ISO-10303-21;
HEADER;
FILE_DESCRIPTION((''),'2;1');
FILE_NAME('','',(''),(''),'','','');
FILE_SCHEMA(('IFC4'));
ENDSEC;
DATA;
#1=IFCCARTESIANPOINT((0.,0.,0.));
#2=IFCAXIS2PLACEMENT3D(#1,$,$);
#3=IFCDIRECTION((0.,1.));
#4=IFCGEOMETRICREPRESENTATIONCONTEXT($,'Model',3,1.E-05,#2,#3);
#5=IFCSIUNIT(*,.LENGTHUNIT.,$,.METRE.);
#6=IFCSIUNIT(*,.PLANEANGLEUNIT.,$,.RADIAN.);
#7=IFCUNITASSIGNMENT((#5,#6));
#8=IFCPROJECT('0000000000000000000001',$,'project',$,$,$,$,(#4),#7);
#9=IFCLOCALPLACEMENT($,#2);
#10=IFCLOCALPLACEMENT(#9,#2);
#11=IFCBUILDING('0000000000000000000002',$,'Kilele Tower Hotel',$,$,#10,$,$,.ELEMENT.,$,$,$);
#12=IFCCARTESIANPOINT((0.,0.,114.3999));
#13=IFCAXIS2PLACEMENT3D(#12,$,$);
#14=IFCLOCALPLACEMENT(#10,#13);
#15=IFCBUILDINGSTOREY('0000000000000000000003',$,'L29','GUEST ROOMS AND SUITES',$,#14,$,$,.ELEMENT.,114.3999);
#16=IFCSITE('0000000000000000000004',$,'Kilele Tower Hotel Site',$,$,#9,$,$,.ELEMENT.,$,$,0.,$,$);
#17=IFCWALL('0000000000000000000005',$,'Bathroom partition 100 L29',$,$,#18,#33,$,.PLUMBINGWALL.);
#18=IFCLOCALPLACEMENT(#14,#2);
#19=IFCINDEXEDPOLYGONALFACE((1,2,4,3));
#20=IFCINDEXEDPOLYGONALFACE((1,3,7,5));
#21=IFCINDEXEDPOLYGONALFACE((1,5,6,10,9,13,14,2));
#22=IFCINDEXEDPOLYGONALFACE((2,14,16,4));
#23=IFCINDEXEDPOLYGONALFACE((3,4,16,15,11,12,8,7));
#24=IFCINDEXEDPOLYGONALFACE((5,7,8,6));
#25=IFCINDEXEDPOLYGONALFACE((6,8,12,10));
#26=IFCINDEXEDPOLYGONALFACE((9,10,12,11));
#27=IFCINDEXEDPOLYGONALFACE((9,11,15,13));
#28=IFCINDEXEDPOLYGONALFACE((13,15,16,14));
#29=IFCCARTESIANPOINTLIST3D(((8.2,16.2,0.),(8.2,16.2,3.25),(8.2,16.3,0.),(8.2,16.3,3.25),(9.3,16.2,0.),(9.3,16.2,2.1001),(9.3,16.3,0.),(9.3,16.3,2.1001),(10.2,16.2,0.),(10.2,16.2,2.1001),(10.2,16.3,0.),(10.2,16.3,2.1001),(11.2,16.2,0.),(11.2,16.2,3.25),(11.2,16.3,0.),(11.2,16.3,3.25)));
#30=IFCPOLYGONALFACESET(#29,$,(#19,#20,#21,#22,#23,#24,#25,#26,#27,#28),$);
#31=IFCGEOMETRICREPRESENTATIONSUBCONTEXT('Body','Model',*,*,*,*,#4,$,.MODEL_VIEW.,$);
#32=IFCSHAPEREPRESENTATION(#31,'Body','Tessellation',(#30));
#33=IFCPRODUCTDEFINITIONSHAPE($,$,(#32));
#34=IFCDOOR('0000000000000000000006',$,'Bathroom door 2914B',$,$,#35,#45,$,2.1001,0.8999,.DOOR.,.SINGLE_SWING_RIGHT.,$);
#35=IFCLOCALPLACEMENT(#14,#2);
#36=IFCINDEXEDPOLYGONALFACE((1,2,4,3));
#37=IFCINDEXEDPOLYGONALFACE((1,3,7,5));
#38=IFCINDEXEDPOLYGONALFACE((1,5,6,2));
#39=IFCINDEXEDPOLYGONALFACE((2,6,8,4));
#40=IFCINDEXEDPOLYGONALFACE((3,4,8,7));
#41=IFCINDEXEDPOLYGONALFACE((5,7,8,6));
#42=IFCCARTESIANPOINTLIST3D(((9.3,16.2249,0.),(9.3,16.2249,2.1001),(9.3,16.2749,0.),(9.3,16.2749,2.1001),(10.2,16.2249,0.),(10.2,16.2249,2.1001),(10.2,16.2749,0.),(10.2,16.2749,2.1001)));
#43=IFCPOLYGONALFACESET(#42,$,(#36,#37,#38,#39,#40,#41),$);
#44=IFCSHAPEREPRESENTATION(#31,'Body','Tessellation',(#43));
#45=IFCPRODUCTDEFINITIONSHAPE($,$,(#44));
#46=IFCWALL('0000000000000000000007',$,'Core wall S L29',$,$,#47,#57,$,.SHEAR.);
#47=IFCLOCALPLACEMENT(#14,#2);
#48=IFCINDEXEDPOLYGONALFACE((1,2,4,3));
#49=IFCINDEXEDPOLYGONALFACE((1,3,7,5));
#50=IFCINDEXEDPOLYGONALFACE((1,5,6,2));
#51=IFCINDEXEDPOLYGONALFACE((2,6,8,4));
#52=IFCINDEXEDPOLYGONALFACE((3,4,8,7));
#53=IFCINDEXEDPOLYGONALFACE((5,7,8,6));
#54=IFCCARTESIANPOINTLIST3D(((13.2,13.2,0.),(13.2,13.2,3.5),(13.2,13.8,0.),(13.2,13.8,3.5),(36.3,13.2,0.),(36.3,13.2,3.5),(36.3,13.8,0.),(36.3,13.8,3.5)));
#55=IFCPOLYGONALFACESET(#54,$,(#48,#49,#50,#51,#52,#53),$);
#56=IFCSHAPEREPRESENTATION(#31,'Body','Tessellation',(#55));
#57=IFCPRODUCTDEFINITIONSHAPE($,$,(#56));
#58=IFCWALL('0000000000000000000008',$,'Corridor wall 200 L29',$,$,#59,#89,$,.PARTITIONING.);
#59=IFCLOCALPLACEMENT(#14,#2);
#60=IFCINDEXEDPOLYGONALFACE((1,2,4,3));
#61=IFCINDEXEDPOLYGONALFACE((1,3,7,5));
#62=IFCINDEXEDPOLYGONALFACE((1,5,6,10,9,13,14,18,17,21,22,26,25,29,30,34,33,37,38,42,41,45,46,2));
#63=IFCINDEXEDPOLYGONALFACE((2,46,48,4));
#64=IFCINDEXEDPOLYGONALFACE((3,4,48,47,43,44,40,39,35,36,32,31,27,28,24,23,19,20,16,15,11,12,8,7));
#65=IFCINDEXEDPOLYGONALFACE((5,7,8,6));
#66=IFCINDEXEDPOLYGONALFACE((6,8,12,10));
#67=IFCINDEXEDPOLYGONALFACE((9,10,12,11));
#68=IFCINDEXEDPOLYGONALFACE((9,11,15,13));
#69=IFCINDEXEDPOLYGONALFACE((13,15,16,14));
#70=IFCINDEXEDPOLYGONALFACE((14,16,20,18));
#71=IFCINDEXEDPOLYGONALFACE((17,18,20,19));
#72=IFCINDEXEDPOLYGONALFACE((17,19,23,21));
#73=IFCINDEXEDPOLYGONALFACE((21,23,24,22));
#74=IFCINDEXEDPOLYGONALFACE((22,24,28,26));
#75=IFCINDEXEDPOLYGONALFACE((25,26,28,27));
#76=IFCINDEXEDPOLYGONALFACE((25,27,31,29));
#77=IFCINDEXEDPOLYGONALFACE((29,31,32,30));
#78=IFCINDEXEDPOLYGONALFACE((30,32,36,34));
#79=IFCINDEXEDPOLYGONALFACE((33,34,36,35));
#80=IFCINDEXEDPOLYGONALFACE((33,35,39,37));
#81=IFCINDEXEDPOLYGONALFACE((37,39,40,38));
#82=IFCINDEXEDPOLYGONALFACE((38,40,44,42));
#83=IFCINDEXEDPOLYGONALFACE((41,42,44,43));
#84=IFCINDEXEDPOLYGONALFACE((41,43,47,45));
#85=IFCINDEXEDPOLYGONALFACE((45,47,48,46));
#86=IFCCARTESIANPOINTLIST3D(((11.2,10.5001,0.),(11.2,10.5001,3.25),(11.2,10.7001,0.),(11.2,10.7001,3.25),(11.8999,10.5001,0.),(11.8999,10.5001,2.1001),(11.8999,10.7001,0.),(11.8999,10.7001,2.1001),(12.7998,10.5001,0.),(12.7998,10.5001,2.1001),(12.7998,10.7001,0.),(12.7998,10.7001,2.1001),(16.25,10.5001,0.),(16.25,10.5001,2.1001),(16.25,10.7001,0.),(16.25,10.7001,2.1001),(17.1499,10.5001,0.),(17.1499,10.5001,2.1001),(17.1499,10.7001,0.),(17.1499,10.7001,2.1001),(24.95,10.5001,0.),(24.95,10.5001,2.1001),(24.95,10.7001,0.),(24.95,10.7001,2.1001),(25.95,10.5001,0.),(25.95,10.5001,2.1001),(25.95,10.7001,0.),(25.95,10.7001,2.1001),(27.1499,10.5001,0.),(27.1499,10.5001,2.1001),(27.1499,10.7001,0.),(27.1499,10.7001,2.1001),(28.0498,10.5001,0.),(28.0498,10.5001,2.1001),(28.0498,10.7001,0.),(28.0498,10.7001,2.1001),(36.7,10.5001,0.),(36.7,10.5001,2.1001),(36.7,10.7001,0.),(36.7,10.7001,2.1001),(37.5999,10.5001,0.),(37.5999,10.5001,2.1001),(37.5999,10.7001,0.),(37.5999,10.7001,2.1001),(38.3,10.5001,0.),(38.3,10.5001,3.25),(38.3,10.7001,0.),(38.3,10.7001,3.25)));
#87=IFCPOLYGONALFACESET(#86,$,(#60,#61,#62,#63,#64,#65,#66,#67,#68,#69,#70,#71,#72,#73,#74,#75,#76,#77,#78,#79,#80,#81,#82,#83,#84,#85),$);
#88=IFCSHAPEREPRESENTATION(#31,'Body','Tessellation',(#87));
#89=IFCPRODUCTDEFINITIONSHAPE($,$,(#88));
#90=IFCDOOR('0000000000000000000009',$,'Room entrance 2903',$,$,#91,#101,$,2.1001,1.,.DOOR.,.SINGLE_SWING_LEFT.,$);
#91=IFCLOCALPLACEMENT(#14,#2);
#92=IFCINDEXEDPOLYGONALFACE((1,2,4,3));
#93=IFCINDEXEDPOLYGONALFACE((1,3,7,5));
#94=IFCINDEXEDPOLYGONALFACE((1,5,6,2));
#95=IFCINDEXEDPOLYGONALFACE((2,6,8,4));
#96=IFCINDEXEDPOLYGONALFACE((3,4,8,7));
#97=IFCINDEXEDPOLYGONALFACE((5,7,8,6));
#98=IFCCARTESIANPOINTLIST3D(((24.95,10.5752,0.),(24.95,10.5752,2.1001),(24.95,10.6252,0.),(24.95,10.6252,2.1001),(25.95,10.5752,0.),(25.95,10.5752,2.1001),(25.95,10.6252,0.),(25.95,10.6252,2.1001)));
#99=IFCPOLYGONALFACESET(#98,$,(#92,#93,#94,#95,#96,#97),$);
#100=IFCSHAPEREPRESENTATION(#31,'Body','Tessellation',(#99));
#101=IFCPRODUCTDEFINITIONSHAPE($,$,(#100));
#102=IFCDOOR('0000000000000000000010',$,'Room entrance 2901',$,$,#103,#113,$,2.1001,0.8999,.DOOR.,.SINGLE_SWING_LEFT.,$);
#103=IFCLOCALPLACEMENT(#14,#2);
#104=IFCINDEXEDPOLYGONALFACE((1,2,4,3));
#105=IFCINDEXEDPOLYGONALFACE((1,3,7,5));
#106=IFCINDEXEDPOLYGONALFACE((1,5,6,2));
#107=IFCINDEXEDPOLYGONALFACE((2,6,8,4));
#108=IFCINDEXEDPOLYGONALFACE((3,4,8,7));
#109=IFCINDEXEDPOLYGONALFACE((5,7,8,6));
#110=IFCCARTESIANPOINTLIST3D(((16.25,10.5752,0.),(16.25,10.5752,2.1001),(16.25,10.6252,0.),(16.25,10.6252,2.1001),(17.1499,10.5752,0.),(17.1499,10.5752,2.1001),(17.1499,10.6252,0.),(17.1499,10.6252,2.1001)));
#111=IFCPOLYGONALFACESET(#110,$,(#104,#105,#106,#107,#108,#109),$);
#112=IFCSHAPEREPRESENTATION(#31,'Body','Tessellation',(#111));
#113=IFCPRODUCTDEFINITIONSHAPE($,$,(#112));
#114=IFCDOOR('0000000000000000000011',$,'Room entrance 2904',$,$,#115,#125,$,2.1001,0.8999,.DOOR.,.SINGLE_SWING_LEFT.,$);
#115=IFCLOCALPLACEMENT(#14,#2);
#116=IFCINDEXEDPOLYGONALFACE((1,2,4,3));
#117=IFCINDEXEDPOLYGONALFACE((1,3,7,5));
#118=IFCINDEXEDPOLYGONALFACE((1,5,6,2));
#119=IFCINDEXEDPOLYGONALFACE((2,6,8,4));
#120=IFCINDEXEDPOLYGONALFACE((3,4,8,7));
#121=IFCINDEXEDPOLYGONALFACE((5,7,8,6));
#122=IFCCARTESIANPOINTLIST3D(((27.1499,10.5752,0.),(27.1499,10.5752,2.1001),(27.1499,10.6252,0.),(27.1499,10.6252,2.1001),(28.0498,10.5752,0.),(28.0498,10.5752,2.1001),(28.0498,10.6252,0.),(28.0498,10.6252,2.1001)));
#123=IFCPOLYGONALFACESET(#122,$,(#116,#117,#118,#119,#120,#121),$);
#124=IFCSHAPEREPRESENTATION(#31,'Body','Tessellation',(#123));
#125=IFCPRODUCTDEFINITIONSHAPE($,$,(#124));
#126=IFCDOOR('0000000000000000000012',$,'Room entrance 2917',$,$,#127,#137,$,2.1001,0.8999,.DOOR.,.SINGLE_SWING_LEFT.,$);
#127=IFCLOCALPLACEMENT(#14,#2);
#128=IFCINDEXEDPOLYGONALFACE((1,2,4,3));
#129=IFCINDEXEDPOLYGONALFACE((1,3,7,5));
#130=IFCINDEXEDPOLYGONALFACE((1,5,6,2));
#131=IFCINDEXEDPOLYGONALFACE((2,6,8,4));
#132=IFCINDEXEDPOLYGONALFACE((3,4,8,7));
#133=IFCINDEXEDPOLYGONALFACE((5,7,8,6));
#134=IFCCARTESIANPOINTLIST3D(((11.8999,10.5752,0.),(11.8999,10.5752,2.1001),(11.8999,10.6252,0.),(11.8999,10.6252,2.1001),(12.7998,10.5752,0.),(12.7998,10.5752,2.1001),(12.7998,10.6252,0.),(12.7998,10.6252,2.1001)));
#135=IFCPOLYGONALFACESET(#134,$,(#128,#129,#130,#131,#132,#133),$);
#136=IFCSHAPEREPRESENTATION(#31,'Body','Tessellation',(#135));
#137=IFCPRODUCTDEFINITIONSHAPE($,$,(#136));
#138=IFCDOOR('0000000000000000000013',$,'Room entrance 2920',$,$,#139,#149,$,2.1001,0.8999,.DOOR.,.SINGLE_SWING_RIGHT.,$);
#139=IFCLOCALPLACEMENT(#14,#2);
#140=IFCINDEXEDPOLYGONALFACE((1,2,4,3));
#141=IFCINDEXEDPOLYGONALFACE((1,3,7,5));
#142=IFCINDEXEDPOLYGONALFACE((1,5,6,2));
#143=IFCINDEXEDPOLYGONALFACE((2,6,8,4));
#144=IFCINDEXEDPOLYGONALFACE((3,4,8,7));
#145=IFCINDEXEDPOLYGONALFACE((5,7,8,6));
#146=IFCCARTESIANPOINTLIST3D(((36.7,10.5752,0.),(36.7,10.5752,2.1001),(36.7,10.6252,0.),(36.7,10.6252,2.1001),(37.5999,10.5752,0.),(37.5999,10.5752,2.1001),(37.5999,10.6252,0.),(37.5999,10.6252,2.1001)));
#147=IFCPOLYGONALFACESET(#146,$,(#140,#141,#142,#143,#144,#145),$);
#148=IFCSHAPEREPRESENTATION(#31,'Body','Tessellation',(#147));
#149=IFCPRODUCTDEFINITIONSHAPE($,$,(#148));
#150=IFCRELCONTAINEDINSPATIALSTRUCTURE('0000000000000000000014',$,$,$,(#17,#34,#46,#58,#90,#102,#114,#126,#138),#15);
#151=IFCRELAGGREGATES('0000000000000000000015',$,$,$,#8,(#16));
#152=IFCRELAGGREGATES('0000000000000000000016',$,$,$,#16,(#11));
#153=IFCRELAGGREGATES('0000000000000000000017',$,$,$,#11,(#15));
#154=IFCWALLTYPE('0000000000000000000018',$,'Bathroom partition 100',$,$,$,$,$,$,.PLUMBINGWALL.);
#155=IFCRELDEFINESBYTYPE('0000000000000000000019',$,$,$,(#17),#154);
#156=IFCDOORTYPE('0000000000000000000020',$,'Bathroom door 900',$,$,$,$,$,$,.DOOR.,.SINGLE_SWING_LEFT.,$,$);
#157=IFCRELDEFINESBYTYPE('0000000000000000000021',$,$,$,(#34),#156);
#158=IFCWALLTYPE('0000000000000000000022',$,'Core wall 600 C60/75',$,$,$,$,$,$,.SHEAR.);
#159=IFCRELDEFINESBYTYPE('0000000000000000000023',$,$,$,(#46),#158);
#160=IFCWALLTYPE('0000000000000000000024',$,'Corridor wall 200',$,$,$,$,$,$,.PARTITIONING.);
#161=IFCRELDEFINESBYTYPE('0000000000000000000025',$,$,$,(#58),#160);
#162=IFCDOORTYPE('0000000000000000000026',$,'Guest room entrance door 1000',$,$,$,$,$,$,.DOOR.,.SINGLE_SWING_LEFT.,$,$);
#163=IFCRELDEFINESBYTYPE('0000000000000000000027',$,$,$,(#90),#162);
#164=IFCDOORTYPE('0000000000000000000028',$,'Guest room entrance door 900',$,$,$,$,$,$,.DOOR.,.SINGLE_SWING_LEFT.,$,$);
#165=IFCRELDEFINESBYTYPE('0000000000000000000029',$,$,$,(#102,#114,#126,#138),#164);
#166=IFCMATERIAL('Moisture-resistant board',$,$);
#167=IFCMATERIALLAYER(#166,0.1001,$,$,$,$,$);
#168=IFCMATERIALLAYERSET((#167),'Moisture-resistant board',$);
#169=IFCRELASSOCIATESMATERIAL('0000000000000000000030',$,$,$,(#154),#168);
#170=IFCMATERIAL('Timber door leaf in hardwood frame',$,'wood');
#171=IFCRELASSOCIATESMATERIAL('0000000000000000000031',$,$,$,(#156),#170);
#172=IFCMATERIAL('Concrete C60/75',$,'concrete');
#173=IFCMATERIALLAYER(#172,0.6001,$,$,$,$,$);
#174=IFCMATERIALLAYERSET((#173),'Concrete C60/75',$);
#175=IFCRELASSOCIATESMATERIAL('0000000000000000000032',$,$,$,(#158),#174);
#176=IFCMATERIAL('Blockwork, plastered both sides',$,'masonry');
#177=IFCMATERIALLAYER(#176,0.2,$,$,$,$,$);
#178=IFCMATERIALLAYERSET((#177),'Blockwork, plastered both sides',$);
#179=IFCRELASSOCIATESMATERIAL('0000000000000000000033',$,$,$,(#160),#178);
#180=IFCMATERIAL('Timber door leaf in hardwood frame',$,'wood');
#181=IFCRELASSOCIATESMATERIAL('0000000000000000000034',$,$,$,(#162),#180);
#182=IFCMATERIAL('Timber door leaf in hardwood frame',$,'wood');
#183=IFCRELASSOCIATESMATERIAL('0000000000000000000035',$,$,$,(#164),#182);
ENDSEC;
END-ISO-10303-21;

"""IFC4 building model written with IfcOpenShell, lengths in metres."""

from ifc_helpers import new_model, si_unit, direction, frame, frame_2d, origin, place, context, subcontext, project, spatial, rectangle, extrude, material, layer, layer_set, type_object, element, fill, save


model = new_model("IFC4")

# Units and contexts
model_context = context("Model", 3, precision=1e-05, world=origin(), true_north=direction((0.0, 1.0)))
body_context = subcontext(model_context, "Body", "Model", "MODEL_VIEW")
ifc_project = project(units=[si_unit("LENGTHUNIT", "METRE"), si_unit("PLANEANGLEUNIT", "RADIAN")], contexts=[model_context])

# Site, building, storey
site_placement = place(None, origin())
site = spatial("IfcSite", under=ifc_project, at=site_placement, Name="Kilele Tower Hotel Site", CompositionType="ELEMENT", RefElevation=0.0)
building_placement = place(site_placement, origin())
building = spatial("IfcBuilding", under=site, at=building_placement, Name="Kilele Tower Hotel", CompositionType="ELEMENT")
storey_placement = place(building_placement, frame((0.0, 0.0, 114.3999)))
storey = spatial("IfcBuildingStorey", under=building, at=storey_placement, Name="L29", Description="GUEST ROOMS AND SUITES", CompositionType="ELEMENT", Elevation=114.3999)

# Wall, opening, door
ifc_material_1 = material(Name="Moisture-resistant board")
ifc_layer_1 = layer(ifc_material_1, 0.1001)
ifc_layer_set_1 = layer_set([ifc_layer_1], Name="Moisture-resistant board")
wall_type_1 = type_object("IfcWallType", Name="Bathroom partition 100", PredefinedType="PLUMBINGWALL", material=ifc_layer_set_1)
wall_1_placement = place(storey_placement, frame((11.2, 16.25, 0.0), z_axis=(0.0, 0.0, 1.0), x_axis=(-1.0, 0.0, 0.0)))
wall_1 = element("IfcWall", 1, at=wall_1_placement, inside=storey, type_object=wall_type_1, Name="Bathroom partition 100 L29", PredefinedType="PLUMBINGWALL", context=body_context, shape_type="SweptSolid", body=[
    extrude(rectangle(XDim=3.0, YDim=0.1001, at=frame_2d((1.5, 0.0))), origin(), (0.0, 0.0, 1.0), 3.25),
])
opening_1_placement = place(wall_1_placement, frame((1.8999, 0.0, 0.0), z_axis=(0.0, 0.0, 1.0), x_axis=(-1.0, 0.0, 0.0)))
opening_1 = element("IfcOpeningElement", 2, at=opening_1_placement, cuts=wall_1, PredefinedType="OPENING", context=body_context, shape_type="SweptSolid", body=[
    extrude(rectangle(XDim=0.8999, YDim=2.1001, at=frame_2d((0.45, 1.05))), frame((0.0, 0.0601, 0.0), z_axis=(0.0, -1.0, 0.0), x_axis=(1.0, 0.0, 0.0)), (0.0, 0.0, 1.0), 0.1201),
])
ifc_material_2 = material(Name="Timber door leaf in hardwood frame", Category="wood")
door_type_1 = type_object("IfcDoorType", Name="Bathroom door 900", OperationType="SINGLE_SWING_LEFT", PredefinedType="DOOR", material=ifc_material_2)
door_1_placement = place(opening_1_placement, origin())
door_1 = element("IfcDoor", 3, at=door_1_placement, inside=storey, type_object=door_type_1, Name="Bathroom door 2914B", OperationType="SINGLE_SWING_RIGHT", OverallHeight=2.1001, OverallWidth=0.8999, PredefinedType="DOOR", context=body_context, shape_type="SweptSolid", body=[
    extrude(rectangle(XDim=0.8999, YDim=2.1001, at=frame_2d((0.45, 1.05))), frame((0.0, 0.0249, 0.0), z_axis=(0.0, -1.0, 0.0), x_axis=(1.0, 0.0, 0.0)), (0.0, 0.0, 1.0), 0.05),
])
fill(opening_1, door_1)

# Wall
ifc_material_3 = material(Name="Concrete C60/75", Category="concrete")
ifc_layer_2 = layer(ifc_material_3, 0.6001)
ifc_layer_set_2 = layer_set([ifc_layer_2], Name="Concrete C60/75")
wall_type_2 = type_object("IfcWallType", Name="Core wall 600 C60/75", PredefinedType="SHEAR", material=ifc_layer_set_2)
wall_2_placement = place(storey_placement, frame((13.2, 13.5, 0.0), z_axis=(0.0, 0.0, 1.0), x_axis=(1.0, 0.0, 0.0)))
element("IfcWall", 4, at=wall_2_placement, inside=storey, type_object=wall_type_2, Name="Core wall S L29", PredefinedType="SHEAR", context=body_context, shape_type="SweptSolid", body=[
    extrude(rectangle(XDim=23.1001, YDim=0.6001, at=frame_2d((11.55, 0.0))), origin(), (0.0, 0.0, 1.0), 3.5),
])

# Wall, openings, doors
ifc_material_4 = material(Name="Blockwork, plastered both sides", Category="masonry")
ifc_layer_3 = layer(ifc_material_4, 0.2)
ifc_layer_set_3 = layer_set([ifc_layer_3], Name="Blockwork, plastered both sides")
wall_type_3 = type_object("IfcWallType", Name="Corridor wall 200", PredefinedType="PARTITIONING", material=ifc_layer_set_3)
wall_3_placement = place(storey_placement, frame((11.2, 10.6001, 0.0), z_axis=(0.0, 0.0, 1.0), x_axis=(1.0, 0.0, 0.0)))
wall_3 = element("IfcWall", 5, at=wall_3_placement, inside=storey, type_object=wall_type_3, Name="Corridor wall 200 L29", PredefinedType="PARTITIONING", context=body_context, shape_type="SweptSolid", body=[
    extrude(rectangle(XDim=27.1001, YDim=0.2, at=frame_2d((13.55, 0.0))), origin(), (0.0, 0.0, 1.0), 3.25),
])
opening_2_placement = place(wall_3_placement, frame((5.95, 0.0, 0.0), z_axis=(0.0, 0.0, 1.0), x_axis=(-1.0, 0.0, 0.0)))
opening_2 = element("IfcOpeningElement", 6, at=opening_2_placement, cuts=wall_3, PredefinedType="OPENING", context=body_context, shape_type="SweptSolid", body=[
    extrude(rectangle(XDim=0.8999, YDim=2.1001, at=frame_2d((0.45, 1.05))), frame((0.0, 0.1099, 0.0), z_axis=(0.0, -1.0, 0.0), x_axis=(1.0, 0.0, 0.0)), (0.0, 0.0, 1.0), 0.22),
])
opening_3_placement = place(wall_3_placement, frame((14.75, 0.0, 0.0), z_axis=(0.0, 0.0, 1.0), x_axis=(-1.0, 0.0, 0.0)))
opening_3 = element("IfcOpeningElement", 7, at=opening_3_placement, cuts=wall_3, PredefinedType="OPENING", context=body_context, shape_type="SweptSolid", body=[
    extrude(rectangle(XDim=1.0, YDim=2.1001, at=frame_2d((0.5, 1.05))), frame((0.0, 0.1099, 0.0), z_axis=(0.0, -1.0, 0.0), x_axis=(1.0, 0.0, 0.0)), (0.0, 0.0, 1.0), 0.22),
])
opening_4_placement = place(wall_3_placement, frame((16.8499, 0.0, 0.0), z_axis=(0.0, 0.0, 1.0), x_axis=(-1.0, 0.0, 0.0)))
opening_4 = element("IfcOpeningElement", 8, at=opening_4_placement, cuts=wall_3, PredefinedType="OPENING", context=body_context, shape_type="SweptSolid", body=[
    extrude(rectangle(XDim=0.8999, YDim=2.1001, at=frame_2d((0.45, 1.05))), frame((0.0, 0.1099, 0.0), z_axis=(0.0, -1.0, 0.0), x_axis=(1.0, 0.0, 0.0)), (0.0, 0.0, 1.0), 0.22),
])
opening_5_placement = place(wall_3_placement, frame((1.5999, 0.0, 0.0), z_axis=(0.0, 0.0, 1.0), x_axis=(-1.0, 0.0, 0.0)))
opening_5 = element("IfcOpeningElement", 9, at=opening_5_placement, cuts=wall_3, PredefinedType="OPENING", context=body_context, shape_type="SweptSolid", body=[
    extrude(rectangle(XDim=0.8999, YDim=2.1001, at=frame_2d((0.45, 1.05))), frame((0.0, 0.1099, 0.0), z_axis=(0.0, -1.0, 0.0), x_axis=(1.0, 0.0, 0.0)), (0.0, 0.0, 1.0), 0.22),
])
opening_6_placement = place(wall_3_placement, frame((26.3999, 0.0, 0.0), z_axis=(0.0, 0.0, 1.0), x_axis=(-1.0, 0.0, 0.0)))
opening_6 = element("IfcOpeningElement", 10, at=opening_6_placement, cuts=wall_3, PredefinedType="OPENING", context=body_context, shape_type="SweptSolid", body=[
    extrude(rectangle(XDim=0.8999, YDim=2.1001, at=frame_2d((0.45, 1.05))), frame((0.0, 0.1099, 0.0), z_axis=(0.0, -1.0, 0.0), x_axis=(1.0, 0.0, 0.0)), (0.0, 0.0, 1.0), 0.22),
])
ifc_material_5 = material(Name="Timber door leaf in hardwood frame", Category="wood")
door_type_2 = type_object("IfcDoorType", Name="Guest room entrance door 1000", OperationType="SINGLE_SWING_LEFT", PredefinedType="DOOR", material=ifc_material_5)
door_2_placement = place(opening_3_placement, origin())
door_2 = element("IfcDoor", 11, at=door_2_placement, inside=storey, type_object=door_type_2, Name="Room entrance 2903", OperationType="SINGLE_SWING_LEFT", OverallHeight=2.1001, OverallWidth=1.0, PredefinedType="DOOR", context=body_context, shape_type="SweptSolid", body=[
    extrude(rectangle(XDim=1.0, YDim=2.1001, at=frame_2d((0.5, 1.05))), frame((0.0, 0.0249, 0.0), z_axis=(0.0, -1.0, 0.0), x_axis=(1.0, 0.0, 0.0)), (0.0, 0.0, 1.0), 0.05),
])
fill(opening_3, door_2)
ifc_material_6 = material(Name="Timber door leaf in hardwood frame", Category="wood")
door_type_3 = type_object("IfcDoorType", Name="Guest room entrance door 900", OperationType="SINGLE_SWING_LEFT", PredefinedType="DOOR", material=ifc_material_6)
door_3_placement = place(opening_2_placement, origin())
door_3 = element("IfcDoor", 12, at=door_3_placement, inside=storey, type_object=door_type_3, Name="Room entrance 2901", OperationType="SINGLE_SWING_LEFT", OverallHeight=2.1001, OverallWidth=0.8999, PredefinedType="DOOR", context=body_context, shape_type="SweptSolid", body=[
    extrude(rectangle(XDim=0.8999, YDim=2.1001, at=frame_2d((0.45, 1.05))), frame((0.0, 0.0249, 0.0), z_axis=(0.0, -1.0, 0.0), x_axis=(1.0, 0.0, 0.0)), (0.0, 0.0, 1.0), 0.05),
])
fill(opening_2, door_3)
door_4_placement = place(opening_4_placement, origin())
door_4 = element("IfcDoor", 13, at=door_4_placement, inside=storey, type_object=door_type_3, Name="Room entrance 2904", OperationType="SINGLE_SWING_LEFT", OverallHeight=2.1001, OverallWidth=0.8999, PredefinedType="DOOR", context=body_context, shape_type="SweptSolid", body=[
    extrude(rectangle(XDim=0.8999, YDim=2.1001, at=frame_2d((0.45, 1.05))), frame((0.0, 0.0249, 0.0), z_axis=(0.0, -1.0, 0.0), x_axis=(1.0, 0.0, 0.0)), (0.0, 0.0, 1.0), 0.05),
])
fill(opening_4, door_4)
door_5_placement = place(opening_5_placement, origin())
door_5 = element("IfcDoor", 14, at=door_5_placement, inside=storey, type_object=door_type_3, Name="Room entrance 2917", OperationType="SINGLE_SWING_LEFT", OverallHeight=2.1001, OverallWidth=0.8999, PredefinedType="DOOR", context=body_context, shape_type="SweptSolid", body=[
    extrude(rectangle(XDim=0.8999, YDim=2.1001, at=frame_2d((0.45, 1.05))), frame((0.0, 0.0249, 0.0), z_axis=(0.0, -1.0, 0.0), x_axis=(1.0, 0.0, 0.0)), (0.0, 0.0, 1.0), 0.05),
])
fill(opening_5, door_5)
door_6_placement = place(opening_6_placement, origin())
door_6 = element("IfcDoor", 15, at=door_6_placement, inside=storey, type_object=door_type_3, Name="Room entrance 2920", OperationType="SINGLE_SWING_RIGHT", OverallHeight=2.1001, OverallWidth=0.8999, PredefinedType="DOOR", context=body_context, shape_type="SweptSolid", body=[
    extrude(rectangle(XDim=0.8999, YDim=2.1001, at=frame_2d((0.45, 1.05))), frame((0.0, 0.0249, 0.0), z_axis=(0.0, -1.0, 0.0), x_axis=(1.0, 0.0, 0.0)), (0.0, 0.0, 1.0), 0.05),
])
fill(opening_6, door_6)

save(model, "model.ifc")
